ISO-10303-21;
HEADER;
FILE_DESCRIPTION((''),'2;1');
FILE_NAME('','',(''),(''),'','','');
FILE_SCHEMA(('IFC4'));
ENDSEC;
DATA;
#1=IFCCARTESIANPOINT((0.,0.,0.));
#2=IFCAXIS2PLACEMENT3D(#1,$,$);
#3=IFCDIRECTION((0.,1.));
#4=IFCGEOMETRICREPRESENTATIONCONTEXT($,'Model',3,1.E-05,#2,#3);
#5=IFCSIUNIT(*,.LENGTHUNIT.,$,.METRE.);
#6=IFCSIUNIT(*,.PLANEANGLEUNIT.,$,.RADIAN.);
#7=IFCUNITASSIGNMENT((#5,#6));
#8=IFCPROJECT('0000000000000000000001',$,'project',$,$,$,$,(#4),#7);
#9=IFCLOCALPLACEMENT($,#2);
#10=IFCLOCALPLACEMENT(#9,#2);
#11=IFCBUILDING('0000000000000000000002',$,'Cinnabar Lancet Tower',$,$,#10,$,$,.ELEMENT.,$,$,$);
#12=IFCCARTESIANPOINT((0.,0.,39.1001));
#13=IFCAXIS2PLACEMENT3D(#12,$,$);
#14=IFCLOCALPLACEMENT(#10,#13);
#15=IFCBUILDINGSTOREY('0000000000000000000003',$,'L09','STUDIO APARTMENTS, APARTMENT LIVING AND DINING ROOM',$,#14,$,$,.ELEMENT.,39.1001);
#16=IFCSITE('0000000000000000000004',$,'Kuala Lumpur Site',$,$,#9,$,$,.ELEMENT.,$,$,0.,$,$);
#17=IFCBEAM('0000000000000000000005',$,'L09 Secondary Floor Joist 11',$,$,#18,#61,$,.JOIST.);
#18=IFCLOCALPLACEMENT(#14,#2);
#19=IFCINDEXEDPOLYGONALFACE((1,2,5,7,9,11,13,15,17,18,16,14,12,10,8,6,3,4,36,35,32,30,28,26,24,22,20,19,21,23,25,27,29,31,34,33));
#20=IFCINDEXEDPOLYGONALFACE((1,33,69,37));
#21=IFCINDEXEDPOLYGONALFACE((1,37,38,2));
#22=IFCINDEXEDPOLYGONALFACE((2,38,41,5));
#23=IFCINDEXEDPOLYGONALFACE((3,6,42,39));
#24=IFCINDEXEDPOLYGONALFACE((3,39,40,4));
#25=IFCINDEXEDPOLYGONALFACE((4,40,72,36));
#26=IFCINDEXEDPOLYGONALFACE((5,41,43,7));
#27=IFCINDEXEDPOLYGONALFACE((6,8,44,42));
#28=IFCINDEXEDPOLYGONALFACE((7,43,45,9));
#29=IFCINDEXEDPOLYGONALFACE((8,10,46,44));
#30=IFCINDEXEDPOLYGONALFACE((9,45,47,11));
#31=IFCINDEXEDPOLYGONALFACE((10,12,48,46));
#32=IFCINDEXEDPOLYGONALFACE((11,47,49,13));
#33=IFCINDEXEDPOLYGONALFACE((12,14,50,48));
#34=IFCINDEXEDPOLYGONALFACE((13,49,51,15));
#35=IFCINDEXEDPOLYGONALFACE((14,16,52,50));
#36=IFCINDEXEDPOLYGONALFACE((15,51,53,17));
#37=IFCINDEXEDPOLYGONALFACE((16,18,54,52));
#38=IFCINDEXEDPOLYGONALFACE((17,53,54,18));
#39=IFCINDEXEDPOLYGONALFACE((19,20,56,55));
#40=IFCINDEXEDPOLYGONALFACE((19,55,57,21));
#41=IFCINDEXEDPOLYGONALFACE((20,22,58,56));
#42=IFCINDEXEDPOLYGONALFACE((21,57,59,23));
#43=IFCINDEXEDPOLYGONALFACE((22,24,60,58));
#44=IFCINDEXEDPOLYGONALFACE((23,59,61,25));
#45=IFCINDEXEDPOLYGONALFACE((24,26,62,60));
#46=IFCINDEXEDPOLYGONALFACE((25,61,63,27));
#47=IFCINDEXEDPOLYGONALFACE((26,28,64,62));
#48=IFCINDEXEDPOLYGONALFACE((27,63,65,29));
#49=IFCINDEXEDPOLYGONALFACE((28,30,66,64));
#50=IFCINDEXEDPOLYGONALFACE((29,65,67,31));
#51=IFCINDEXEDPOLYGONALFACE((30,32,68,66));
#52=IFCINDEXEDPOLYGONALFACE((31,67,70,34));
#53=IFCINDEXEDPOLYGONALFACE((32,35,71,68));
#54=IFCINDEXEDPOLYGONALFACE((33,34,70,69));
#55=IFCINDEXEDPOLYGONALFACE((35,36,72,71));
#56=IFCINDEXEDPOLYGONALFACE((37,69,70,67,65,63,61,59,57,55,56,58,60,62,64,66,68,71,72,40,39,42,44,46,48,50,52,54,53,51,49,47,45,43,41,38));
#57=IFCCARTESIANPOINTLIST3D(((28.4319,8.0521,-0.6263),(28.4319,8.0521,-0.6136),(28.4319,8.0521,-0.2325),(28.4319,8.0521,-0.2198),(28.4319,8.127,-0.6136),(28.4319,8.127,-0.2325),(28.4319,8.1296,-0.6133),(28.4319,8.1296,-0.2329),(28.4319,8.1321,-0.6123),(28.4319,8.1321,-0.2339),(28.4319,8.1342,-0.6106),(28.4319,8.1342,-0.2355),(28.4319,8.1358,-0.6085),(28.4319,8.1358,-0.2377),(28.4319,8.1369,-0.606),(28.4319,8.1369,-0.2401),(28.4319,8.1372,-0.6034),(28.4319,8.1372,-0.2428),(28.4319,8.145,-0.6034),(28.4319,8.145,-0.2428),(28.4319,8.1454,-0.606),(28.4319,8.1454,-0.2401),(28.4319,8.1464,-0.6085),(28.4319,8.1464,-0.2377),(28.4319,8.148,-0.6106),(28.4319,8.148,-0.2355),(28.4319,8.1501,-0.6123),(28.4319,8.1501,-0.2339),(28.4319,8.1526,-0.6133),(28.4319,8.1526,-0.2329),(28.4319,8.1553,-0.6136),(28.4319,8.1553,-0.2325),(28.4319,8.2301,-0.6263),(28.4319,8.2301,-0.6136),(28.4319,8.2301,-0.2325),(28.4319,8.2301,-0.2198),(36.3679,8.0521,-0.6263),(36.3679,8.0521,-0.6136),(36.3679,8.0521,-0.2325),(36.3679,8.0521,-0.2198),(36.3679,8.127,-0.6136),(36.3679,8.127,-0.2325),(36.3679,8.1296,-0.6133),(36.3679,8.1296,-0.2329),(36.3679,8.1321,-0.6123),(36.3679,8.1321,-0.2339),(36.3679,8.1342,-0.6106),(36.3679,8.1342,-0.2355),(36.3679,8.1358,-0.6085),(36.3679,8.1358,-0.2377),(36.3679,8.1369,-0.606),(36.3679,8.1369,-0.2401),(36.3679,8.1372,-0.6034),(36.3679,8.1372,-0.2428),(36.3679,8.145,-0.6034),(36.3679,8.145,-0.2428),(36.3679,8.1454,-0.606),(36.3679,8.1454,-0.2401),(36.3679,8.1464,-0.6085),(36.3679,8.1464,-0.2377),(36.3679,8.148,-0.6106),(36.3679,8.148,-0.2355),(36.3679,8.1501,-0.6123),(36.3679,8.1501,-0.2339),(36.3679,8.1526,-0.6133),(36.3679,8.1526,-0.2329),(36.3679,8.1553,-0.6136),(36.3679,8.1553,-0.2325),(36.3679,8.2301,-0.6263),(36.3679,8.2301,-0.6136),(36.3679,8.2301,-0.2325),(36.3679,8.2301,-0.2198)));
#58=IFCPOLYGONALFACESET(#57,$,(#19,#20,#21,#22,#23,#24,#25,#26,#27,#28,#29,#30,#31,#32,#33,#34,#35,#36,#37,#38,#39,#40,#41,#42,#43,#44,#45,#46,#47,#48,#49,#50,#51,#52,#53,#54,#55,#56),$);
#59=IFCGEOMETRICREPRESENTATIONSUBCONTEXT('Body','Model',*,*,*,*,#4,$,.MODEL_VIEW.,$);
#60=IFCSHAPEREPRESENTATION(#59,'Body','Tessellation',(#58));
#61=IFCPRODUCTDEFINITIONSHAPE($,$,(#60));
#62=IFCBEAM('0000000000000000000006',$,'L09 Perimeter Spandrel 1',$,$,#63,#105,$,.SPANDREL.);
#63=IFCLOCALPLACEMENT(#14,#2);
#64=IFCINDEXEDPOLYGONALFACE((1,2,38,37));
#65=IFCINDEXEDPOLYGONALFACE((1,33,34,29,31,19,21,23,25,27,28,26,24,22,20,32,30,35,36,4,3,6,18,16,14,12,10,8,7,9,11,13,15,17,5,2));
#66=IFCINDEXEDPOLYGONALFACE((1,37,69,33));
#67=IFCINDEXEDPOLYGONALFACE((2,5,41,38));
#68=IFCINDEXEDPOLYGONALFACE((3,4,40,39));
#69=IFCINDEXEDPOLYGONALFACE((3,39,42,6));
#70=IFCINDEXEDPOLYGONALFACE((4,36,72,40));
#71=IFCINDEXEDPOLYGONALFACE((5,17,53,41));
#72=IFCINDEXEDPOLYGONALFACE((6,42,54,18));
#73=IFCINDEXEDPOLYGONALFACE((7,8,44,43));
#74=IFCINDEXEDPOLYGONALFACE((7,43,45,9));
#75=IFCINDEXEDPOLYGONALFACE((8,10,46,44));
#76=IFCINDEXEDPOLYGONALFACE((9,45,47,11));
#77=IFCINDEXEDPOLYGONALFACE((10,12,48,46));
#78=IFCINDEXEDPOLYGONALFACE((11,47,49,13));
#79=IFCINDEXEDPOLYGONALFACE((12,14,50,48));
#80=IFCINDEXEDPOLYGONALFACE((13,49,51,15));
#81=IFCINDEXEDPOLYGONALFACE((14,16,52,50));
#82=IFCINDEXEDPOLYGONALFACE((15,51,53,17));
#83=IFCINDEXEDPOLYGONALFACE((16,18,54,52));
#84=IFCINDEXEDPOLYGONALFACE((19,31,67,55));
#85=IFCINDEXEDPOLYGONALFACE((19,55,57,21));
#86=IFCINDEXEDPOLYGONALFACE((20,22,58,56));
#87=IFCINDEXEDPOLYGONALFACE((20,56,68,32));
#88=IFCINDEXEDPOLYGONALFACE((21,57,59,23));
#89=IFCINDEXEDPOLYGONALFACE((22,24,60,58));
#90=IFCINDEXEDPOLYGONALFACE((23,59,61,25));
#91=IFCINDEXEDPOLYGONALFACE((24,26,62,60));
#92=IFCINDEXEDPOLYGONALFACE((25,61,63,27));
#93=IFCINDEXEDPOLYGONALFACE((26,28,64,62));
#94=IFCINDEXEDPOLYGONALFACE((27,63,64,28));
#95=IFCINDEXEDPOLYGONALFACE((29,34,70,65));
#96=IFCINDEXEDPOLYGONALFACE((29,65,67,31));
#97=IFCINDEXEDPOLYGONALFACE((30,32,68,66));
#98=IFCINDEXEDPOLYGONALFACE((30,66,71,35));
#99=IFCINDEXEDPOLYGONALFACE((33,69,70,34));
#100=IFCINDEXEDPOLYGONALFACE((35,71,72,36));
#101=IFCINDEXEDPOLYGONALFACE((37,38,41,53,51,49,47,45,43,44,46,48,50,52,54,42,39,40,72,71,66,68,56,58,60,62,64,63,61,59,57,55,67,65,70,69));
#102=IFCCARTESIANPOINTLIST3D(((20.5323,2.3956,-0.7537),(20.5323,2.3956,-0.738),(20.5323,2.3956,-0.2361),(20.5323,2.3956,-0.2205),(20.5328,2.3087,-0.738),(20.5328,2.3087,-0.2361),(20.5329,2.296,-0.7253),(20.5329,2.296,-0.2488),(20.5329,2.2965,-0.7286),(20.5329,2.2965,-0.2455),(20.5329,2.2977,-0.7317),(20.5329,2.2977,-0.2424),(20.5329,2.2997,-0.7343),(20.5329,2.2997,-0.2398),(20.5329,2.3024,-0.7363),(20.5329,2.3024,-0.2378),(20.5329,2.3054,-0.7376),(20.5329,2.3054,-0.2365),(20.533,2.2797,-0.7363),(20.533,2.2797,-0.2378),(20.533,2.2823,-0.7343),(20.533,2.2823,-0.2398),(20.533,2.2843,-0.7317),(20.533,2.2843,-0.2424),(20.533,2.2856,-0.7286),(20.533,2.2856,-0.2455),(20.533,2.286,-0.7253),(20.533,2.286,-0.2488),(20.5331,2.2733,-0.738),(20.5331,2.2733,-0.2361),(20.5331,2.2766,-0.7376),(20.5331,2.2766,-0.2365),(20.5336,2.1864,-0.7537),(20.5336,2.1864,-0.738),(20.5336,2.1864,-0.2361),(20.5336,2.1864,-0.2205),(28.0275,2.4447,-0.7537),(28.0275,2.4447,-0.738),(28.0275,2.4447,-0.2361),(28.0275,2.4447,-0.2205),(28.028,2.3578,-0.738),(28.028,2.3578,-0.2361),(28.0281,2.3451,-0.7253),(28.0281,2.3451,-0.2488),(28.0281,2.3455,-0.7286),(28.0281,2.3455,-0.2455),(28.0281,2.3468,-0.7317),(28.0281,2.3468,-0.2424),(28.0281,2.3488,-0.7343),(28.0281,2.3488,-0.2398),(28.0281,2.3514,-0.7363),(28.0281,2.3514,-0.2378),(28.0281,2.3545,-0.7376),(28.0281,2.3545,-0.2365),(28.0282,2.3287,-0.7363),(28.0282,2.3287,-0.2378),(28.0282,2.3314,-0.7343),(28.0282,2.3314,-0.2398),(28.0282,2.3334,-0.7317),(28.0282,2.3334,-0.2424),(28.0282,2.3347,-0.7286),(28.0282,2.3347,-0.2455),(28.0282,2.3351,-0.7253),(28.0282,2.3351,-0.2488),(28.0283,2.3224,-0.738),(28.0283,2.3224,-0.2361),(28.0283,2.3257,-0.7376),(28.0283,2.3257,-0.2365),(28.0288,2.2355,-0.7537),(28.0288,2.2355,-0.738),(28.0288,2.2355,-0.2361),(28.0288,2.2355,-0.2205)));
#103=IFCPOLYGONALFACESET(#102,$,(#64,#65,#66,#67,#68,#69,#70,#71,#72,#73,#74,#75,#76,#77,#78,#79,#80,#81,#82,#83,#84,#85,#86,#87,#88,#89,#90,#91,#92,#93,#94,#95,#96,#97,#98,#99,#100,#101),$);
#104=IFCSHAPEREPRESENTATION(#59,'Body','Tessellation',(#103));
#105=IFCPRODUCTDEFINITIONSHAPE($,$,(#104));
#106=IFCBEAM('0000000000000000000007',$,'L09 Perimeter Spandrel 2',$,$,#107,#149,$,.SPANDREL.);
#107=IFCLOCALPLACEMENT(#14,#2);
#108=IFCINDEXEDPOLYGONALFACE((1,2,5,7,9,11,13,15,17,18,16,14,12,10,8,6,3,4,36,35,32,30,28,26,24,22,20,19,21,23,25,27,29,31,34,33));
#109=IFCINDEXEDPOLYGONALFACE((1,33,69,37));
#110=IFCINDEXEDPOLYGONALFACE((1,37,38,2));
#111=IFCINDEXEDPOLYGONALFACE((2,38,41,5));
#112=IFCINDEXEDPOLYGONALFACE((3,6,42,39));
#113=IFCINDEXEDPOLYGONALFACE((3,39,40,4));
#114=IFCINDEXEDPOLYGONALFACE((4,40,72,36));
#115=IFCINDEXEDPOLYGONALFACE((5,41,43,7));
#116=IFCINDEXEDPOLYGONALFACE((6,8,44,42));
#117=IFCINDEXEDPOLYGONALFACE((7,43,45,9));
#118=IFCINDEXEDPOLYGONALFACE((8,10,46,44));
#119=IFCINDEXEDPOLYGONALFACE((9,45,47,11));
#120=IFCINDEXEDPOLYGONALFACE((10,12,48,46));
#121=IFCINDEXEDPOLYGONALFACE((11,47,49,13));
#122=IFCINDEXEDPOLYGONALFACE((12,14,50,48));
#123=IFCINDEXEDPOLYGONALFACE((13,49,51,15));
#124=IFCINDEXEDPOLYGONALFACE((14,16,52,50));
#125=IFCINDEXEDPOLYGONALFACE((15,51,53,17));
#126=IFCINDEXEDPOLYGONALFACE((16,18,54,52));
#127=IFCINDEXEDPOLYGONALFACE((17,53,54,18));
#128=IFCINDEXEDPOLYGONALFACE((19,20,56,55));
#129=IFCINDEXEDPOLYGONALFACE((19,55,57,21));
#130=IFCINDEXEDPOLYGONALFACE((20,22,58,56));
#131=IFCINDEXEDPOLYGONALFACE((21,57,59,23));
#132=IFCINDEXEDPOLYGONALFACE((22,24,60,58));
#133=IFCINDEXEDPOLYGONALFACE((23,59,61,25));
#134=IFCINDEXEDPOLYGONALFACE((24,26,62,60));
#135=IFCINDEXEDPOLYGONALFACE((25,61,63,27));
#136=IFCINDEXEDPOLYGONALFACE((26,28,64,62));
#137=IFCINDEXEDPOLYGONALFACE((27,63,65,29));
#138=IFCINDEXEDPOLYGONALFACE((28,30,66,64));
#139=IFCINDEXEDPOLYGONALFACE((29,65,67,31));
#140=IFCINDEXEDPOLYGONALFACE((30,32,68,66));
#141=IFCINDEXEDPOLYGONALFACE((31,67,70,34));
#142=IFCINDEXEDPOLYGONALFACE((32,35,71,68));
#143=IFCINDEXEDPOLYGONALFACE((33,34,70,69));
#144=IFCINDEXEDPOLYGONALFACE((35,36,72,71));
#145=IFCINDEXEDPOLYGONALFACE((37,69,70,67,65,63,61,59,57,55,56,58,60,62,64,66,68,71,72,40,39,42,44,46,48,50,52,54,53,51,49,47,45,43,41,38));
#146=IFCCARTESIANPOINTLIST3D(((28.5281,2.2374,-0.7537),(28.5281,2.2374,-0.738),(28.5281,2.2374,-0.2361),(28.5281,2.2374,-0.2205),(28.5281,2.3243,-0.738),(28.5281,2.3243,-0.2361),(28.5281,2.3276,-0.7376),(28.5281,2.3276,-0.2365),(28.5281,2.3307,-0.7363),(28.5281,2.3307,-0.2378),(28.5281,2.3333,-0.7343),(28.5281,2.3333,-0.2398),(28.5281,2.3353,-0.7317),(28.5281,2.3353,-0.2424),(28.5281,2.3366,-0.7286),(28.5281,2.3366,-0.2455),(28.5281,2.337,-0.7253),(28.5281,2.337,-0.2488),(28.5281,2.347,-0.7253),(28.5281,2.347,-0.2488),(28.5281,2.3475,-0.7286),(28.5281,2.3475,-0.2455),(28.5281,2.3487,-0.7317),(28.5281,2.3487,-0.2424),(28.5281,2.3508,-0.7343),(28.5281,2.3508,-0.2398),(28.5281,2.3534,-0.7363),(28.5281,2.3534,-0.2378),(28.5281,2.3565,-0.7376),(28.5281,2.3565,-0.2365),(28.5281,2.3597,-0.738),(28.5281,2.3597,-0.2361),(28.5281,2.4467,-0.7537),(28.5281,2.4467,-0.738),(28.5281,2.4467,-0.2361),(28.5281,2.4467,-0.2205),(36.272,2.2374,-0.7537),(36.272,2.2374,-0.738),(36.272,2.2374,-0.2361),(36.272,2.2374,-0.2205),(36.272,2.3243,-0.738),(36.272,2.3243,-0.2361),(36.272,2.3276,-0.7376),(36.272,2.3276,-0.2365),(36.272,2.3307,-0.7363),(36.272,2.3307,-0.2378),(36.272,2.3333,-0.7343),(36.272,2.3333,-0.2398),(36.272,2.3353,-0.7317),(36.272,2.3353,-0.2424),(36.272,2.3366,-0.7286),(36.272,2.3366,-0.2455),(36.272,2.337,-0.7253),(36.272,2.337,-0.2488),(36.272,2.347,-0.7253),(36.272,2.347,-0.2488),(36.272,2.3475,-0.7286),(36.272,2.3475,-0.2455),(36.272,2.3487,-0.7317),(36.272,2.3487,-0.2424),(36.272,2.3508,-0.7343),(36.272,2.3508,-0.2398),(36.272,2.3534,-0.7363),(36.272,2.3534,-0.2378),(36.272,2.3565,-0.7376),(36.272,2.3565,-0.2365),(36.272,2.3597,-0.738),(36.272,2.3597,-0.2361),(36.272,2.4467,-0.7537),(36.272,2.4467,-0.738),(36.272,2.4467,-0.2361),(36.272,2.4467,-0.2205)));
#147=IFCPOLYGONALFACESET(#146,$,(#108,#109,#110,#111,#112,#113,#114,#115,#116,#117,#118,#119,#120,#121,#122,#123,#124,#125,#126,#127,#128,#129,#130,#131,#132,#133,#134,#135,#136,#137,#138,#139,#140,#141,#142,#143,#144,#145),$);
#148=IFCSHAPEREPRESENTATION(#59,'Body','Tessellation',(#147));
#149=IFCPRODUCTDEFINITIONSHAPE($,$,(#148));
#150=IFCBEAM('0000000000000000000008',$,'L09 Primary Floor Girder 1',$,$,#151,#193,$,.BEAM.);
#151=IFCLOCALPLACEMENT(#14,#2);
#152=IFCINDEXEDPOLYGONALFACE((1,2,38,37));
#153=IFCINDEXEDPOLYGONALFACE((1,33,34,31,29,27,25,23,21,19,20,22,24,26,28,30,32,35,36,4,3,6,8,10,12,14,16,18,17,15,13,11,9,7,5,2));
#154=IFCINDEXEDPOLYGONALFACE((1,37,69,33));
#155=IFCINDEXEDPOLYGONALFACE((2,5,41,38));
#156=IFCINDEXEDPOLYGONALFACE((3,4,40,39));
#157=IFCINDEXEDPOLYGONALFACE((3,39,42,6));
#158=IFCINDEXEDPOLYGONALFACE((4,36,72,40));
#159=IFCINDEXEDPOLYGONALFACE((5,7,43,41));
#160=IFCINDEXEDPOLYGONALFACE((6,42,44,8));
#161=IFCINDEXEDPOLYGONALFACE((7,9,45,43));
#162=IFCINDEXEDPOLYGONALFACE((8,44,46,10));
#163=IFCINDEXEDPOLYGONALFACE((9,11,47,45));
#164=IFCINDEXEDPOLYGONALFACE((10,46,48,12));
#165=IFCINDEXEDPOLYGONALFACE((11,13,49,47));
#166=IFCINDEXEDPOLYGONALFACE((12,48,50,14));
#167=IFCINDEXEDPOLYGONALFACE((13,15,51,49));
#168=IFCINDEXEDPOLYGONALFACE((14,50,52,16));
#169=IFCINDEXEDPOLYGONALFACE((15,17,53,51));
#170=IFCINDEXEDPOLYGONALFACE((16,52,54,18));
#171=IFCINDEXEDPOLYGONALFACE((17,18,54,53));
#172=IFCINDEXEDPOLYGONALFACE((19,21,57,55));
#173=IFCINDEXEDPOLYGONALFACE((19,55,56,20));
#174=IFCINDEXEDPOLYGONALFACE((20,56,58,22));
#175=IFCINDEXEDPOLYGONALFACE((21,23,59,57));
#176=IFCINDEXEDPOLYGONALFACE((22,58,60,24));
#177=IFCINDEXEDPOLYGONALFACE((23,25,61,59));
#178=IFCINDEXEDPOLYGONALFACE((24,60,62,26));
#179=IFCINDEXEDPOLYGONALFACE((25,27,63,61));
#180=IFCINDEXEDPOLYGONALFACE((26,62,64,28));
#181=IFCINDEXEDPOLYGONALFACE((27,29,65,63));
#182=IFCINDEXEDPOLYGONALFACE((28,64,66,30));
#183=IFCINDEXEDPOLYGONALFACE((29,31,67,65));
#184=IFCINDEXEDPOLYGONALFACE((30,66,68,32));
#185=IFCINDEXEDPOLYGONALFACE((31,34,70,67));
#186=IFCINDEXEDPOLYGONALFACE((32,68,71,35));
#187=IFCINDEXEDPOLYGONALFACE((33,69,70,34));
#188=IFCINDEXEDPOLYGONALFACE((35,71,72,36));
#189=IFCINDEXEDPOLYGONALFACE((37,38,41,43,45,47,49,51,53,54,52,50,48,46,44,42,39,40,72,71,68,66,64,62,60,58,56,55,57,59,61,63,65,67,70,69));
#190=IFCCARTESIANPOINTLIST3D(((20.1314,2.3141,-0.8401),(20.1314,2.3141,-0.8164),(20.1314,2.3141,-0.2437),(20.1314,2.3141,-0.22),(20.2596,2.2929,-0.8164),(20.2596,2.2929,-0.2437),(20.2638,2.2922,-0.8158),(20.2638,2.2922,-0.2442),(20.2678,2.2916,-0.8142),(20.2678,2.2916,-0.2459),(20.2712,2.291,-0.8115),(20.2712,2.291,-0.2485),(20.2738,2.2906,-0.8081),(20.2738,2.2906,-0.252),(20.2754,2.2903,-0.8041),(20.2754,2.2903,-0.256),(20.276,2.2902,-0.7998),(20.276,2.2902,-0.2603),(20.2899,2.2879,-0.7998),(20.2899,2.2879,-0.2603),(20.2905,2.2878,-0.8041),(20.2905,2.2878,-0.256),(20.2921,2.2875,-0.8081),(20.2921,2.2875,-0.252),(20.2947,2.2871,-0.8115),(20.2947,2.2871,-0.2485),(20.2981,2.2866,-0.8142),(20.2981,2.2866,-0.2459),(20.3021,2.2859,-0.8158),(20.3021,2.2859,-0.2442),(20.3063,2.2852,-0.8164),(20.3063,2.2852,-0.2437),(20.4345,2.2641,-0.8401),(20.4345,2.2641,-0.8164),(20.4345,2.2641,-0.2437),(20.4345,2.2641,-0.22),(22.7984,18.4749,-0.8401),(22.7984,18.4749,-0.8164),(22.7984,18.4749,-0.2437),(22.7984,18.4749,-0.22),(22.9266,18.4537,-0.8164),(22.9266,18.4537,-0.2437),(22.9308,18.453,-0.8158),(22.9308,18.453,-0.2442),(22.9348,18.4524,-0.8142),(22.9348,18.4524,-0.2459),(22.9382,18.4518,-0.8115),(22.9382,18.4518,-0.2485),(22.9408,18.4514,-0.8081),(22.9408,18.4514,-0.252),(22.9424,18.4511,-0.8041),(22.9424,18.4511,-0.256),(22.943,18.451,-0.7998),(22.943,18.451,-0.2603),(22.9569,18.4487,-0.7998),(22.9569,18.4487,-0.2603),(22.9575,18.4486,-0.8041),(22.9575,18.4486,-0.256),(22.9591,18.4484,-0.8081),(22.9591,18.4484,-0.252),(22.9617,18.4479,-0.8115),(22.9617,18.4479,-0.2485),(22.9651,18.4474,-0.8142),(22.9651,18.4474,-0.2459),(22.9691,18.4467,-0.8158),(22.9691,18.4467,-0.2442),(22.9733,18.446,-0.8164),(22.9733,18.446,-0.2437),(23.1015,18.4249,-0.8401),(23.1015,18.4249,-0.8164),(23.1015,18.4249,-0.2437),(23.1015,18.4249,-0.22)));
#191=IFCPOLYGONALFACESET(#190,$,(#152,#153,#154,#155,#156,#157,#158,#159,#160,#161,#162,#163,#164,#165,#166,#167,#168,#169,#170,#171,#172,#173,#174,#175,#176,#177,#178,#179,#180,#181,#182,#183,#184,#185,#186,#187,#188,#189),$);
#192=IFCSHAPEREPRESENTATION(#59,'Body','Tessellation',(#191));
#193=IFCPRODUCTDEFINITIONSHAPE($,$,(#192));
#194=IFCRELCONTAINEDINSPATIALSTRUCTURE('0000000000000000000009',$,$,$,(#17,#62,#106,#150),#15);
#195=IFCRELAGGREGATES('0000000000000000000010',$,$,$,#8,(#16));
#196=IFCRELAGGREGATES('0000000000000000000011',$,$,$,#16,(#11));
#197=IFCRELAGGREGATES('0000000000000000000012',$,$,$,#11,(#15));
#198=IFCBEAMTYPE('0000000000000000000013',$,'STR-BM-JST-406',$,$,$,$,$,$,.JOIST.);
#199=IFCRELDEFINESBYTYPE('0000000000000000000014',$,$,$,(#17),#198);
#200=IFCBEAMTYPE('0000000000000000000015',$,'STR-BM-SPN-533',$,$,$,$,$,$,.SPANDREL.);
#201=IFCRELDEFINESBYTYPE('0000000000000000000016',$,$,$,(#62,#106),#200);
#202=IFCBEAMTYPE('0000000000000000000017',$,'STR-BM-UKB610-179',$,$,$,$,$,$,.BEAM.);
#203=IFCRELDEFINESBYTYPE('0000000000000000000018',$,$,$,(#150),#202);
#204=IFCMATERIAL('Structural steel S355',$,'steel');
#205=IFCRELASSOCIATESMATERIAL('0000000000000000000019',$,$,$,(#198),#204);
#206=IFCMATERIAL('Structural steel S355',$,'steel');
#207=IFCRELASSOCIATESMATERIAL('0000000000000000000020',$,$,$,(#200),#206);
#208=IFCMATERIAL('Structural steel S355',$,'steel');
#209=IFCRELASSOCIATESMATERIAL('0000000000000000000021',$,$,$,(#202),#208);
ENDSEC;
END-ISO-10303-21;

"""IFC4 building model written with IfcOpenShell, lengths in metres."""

from ifc_helpers import new_model, si_unit, direction, frame, origin, origin_2d, place, context, subcontext, project, spatial, i_section, extrude, material, material_profile, profile_set, type_object, element, save


model = new_model("IFC4")

# Units and contexts
model_context = context("Model", 3, precision=1e-05, world=origin(), true_north=direction((0.0, 1.0)))
body_context = subcontext(model_context, "Body", "Model", "MODEL_VIEW")
ifc_project = project(units=[si_unit("LENGTHUNIT", "METRE"), si_unit("PLANEANGLEUNIT", "RADIAN")], contexts=[model_context])

# Site, building, storey
site_placement = place(None, origin())
site = spatial("IfcSite", under=ifc_project, at=site_placement, Name="Kuala Lumpur Site", CompositionType="ELEMENT", RefElevation=0.0)
building_placement = place(site_placement, origin())
building = spatial("IfcBuilding", under=site, at=building_placement, Name="Cinnabar Lancet Tower", CompositionType="ELEMENT")
storey_placement = place(building_placement, frame((0.0, 0.0, 39.1001)))
storey = spatial("IfcBuildingStorey", under=building, at=storey_placement, Name="L09", Description="STUDIO APARTMENTS, APARTMENT LIVING AND DINING ROOM", CompositionType="ELEMENT", Elevation=39.1001)

# Beams
ifc_material_1 = material(Name="Structural steel S355", Category="steel")
ifc_material_profile_1 = material_profile(ifc_material_1, i_section(OverallWidth=0.178, OverallDepth=0.4065, WebThickness=0.0078, FlangeThickness=0.0127, FilletRadius=0.0103, at=origin_2d()), Name="UKB 406x178x60")
ifc_profile_set_1 = profile_set([ifc_material_profile_1], Name="Structural steel S355")
beam_type_1 = type_object("IfcBeamType", Name="STR-BM-JST-406", PredefinedType="JOIST", material=ifc_profile_set_1)
beam_1_placement = place(storey_placement, frame((28.4319, 8.1411, -0.4231), z_axis=(1.0, 0.0, 0.0), x_axis=(0.0, 1.0, 0.0)))
element("IfcBeam", 1, at=beam_1_placement, inside=storey, type_object=beam_type_1, Name="L09 Secondary Floor Joist 11", PredefinedType="JOIST", context=body_context, shape_type="SweptSolid", body=[
    extrude(i_section(OverallWidth=0.178, OverallDepth=0.4065, WebThickness=0.0078, FlangeThickness=0.0127, FilletRadius=0.0103, at=origin_2d()), origin(), (0.0, 0.0, 1.0), 7.936),
])
ifc_material_2 = material(Name="Structural steel S355", Category="steel")
ifc_material_profile_2 = material_profile(ifc_material_2, i_section(OverallWidth=0.2092, OverallDepth=0.5332, WebThickness=0.01, FlangeThickness=0.0156, FilletRadius=0.0127, at=origin_2d()), Name="UKB 533x210x92")
ifc_profile_set_2 = profile_set([ifc_material_profile_2], Name="Structural steel S355")
beam_type_2 = type_object("IfcBeamType", Name="STR-BM-SPN-533", PredefinedType="SPANDREL", material=ifc_profile_set_2)
beam_2_placement = place(storey_placement, frame((20.533, 2.291, -0.4871), z_axis=(0.999979, 0.006547, 0.0), x_axis=(-0.006547, 0.999979, 0.0)))
element("IfcBeam", 2, at=beam_2_placement, inside=storey, type_object=beam_type_2, Name="L09 Perimeter Spandrel 1", PredefinedType="SPANDREL", context=body_context, shape_type="SweptSolid", body=[
    extrude(i_section(OverallWidth=0.2092, OverallDepth=0.5332, WebThickness=0.01, FlangeThickness=0.0156, FilletRadius=0.0127, at=origin_2d()), origin(), (0.0, 0.0, 1.0), 7.4954),
])
beam_3_placement = place(storey_placement, frame((28.5281, 2.342, -0.4871), z_axis=(1.0, 0.0, 0.0), x_axis=(0.0, 1.0, 0.0)))
element("IfcBeam", 3, at=beam_3_placement, inside=storey, type_object=beam_type_2, Name="L09 Perimeter Spandrel 2", PredefinedType="SPANDREL", context=body_context, shape_type="SweptSolid", body=[
    extrude(i_section(OverallWidth=0.2092, OverallDepth=0.5332, WebThickness=0.01, FlangeThickness=0.0156, FilletRadius=0.0127, at=origin_2d()), origin(), (0.0, 0.0, 1.0), 7.7439),
])
ifc_material_3 = material(Name="Structural steel S355", Category="steel")
ifc_material_profile_3 = material_profile(ifc_material_3, i_section(OverallWidth=0.3071, OverallDepth=0.6201, WebThickness=0.0142, FlangeThickness=0.0237, FilletRadius=0.0166, at=origin_2d()), Name="UKB 610x305x179")
ifc_profile_set_3 = profile_set([ifc_material_profile_3], Name="Structural steel S355")
beam_type_3 = type_object("IfcBeamType", Name="STR-BM-UKB610-179", PredefinedType="BEAM", material=ifc_profile_set_3)
beam_4_placement = place(storey_placement, frame((20.283, 2.2891, -0.53), z_axis=(0.162825, 0.986655, 0.0), x_axis=(-0.986655, 0.162825, 0.0)))
element("IfcBeam", 4, at=beam_4_placement, inside=storey, type_object=beam_type_3, Name="L09 Primary Floor Girder 1", PredefinedType="BEAM", context=body_context, shape_type="SweptSolid", body=[
    extrude(i_section(OverallWidth=0.3071, OverallDepth=0.6201, WebThickness=0.0142, FlangeThickness=0.0237, FilletRadius=0.0166, at=origin_2d()), origin(), (0.0, 0.0, 1.0), 16.3794),
])

save(model, "model.ifc")
